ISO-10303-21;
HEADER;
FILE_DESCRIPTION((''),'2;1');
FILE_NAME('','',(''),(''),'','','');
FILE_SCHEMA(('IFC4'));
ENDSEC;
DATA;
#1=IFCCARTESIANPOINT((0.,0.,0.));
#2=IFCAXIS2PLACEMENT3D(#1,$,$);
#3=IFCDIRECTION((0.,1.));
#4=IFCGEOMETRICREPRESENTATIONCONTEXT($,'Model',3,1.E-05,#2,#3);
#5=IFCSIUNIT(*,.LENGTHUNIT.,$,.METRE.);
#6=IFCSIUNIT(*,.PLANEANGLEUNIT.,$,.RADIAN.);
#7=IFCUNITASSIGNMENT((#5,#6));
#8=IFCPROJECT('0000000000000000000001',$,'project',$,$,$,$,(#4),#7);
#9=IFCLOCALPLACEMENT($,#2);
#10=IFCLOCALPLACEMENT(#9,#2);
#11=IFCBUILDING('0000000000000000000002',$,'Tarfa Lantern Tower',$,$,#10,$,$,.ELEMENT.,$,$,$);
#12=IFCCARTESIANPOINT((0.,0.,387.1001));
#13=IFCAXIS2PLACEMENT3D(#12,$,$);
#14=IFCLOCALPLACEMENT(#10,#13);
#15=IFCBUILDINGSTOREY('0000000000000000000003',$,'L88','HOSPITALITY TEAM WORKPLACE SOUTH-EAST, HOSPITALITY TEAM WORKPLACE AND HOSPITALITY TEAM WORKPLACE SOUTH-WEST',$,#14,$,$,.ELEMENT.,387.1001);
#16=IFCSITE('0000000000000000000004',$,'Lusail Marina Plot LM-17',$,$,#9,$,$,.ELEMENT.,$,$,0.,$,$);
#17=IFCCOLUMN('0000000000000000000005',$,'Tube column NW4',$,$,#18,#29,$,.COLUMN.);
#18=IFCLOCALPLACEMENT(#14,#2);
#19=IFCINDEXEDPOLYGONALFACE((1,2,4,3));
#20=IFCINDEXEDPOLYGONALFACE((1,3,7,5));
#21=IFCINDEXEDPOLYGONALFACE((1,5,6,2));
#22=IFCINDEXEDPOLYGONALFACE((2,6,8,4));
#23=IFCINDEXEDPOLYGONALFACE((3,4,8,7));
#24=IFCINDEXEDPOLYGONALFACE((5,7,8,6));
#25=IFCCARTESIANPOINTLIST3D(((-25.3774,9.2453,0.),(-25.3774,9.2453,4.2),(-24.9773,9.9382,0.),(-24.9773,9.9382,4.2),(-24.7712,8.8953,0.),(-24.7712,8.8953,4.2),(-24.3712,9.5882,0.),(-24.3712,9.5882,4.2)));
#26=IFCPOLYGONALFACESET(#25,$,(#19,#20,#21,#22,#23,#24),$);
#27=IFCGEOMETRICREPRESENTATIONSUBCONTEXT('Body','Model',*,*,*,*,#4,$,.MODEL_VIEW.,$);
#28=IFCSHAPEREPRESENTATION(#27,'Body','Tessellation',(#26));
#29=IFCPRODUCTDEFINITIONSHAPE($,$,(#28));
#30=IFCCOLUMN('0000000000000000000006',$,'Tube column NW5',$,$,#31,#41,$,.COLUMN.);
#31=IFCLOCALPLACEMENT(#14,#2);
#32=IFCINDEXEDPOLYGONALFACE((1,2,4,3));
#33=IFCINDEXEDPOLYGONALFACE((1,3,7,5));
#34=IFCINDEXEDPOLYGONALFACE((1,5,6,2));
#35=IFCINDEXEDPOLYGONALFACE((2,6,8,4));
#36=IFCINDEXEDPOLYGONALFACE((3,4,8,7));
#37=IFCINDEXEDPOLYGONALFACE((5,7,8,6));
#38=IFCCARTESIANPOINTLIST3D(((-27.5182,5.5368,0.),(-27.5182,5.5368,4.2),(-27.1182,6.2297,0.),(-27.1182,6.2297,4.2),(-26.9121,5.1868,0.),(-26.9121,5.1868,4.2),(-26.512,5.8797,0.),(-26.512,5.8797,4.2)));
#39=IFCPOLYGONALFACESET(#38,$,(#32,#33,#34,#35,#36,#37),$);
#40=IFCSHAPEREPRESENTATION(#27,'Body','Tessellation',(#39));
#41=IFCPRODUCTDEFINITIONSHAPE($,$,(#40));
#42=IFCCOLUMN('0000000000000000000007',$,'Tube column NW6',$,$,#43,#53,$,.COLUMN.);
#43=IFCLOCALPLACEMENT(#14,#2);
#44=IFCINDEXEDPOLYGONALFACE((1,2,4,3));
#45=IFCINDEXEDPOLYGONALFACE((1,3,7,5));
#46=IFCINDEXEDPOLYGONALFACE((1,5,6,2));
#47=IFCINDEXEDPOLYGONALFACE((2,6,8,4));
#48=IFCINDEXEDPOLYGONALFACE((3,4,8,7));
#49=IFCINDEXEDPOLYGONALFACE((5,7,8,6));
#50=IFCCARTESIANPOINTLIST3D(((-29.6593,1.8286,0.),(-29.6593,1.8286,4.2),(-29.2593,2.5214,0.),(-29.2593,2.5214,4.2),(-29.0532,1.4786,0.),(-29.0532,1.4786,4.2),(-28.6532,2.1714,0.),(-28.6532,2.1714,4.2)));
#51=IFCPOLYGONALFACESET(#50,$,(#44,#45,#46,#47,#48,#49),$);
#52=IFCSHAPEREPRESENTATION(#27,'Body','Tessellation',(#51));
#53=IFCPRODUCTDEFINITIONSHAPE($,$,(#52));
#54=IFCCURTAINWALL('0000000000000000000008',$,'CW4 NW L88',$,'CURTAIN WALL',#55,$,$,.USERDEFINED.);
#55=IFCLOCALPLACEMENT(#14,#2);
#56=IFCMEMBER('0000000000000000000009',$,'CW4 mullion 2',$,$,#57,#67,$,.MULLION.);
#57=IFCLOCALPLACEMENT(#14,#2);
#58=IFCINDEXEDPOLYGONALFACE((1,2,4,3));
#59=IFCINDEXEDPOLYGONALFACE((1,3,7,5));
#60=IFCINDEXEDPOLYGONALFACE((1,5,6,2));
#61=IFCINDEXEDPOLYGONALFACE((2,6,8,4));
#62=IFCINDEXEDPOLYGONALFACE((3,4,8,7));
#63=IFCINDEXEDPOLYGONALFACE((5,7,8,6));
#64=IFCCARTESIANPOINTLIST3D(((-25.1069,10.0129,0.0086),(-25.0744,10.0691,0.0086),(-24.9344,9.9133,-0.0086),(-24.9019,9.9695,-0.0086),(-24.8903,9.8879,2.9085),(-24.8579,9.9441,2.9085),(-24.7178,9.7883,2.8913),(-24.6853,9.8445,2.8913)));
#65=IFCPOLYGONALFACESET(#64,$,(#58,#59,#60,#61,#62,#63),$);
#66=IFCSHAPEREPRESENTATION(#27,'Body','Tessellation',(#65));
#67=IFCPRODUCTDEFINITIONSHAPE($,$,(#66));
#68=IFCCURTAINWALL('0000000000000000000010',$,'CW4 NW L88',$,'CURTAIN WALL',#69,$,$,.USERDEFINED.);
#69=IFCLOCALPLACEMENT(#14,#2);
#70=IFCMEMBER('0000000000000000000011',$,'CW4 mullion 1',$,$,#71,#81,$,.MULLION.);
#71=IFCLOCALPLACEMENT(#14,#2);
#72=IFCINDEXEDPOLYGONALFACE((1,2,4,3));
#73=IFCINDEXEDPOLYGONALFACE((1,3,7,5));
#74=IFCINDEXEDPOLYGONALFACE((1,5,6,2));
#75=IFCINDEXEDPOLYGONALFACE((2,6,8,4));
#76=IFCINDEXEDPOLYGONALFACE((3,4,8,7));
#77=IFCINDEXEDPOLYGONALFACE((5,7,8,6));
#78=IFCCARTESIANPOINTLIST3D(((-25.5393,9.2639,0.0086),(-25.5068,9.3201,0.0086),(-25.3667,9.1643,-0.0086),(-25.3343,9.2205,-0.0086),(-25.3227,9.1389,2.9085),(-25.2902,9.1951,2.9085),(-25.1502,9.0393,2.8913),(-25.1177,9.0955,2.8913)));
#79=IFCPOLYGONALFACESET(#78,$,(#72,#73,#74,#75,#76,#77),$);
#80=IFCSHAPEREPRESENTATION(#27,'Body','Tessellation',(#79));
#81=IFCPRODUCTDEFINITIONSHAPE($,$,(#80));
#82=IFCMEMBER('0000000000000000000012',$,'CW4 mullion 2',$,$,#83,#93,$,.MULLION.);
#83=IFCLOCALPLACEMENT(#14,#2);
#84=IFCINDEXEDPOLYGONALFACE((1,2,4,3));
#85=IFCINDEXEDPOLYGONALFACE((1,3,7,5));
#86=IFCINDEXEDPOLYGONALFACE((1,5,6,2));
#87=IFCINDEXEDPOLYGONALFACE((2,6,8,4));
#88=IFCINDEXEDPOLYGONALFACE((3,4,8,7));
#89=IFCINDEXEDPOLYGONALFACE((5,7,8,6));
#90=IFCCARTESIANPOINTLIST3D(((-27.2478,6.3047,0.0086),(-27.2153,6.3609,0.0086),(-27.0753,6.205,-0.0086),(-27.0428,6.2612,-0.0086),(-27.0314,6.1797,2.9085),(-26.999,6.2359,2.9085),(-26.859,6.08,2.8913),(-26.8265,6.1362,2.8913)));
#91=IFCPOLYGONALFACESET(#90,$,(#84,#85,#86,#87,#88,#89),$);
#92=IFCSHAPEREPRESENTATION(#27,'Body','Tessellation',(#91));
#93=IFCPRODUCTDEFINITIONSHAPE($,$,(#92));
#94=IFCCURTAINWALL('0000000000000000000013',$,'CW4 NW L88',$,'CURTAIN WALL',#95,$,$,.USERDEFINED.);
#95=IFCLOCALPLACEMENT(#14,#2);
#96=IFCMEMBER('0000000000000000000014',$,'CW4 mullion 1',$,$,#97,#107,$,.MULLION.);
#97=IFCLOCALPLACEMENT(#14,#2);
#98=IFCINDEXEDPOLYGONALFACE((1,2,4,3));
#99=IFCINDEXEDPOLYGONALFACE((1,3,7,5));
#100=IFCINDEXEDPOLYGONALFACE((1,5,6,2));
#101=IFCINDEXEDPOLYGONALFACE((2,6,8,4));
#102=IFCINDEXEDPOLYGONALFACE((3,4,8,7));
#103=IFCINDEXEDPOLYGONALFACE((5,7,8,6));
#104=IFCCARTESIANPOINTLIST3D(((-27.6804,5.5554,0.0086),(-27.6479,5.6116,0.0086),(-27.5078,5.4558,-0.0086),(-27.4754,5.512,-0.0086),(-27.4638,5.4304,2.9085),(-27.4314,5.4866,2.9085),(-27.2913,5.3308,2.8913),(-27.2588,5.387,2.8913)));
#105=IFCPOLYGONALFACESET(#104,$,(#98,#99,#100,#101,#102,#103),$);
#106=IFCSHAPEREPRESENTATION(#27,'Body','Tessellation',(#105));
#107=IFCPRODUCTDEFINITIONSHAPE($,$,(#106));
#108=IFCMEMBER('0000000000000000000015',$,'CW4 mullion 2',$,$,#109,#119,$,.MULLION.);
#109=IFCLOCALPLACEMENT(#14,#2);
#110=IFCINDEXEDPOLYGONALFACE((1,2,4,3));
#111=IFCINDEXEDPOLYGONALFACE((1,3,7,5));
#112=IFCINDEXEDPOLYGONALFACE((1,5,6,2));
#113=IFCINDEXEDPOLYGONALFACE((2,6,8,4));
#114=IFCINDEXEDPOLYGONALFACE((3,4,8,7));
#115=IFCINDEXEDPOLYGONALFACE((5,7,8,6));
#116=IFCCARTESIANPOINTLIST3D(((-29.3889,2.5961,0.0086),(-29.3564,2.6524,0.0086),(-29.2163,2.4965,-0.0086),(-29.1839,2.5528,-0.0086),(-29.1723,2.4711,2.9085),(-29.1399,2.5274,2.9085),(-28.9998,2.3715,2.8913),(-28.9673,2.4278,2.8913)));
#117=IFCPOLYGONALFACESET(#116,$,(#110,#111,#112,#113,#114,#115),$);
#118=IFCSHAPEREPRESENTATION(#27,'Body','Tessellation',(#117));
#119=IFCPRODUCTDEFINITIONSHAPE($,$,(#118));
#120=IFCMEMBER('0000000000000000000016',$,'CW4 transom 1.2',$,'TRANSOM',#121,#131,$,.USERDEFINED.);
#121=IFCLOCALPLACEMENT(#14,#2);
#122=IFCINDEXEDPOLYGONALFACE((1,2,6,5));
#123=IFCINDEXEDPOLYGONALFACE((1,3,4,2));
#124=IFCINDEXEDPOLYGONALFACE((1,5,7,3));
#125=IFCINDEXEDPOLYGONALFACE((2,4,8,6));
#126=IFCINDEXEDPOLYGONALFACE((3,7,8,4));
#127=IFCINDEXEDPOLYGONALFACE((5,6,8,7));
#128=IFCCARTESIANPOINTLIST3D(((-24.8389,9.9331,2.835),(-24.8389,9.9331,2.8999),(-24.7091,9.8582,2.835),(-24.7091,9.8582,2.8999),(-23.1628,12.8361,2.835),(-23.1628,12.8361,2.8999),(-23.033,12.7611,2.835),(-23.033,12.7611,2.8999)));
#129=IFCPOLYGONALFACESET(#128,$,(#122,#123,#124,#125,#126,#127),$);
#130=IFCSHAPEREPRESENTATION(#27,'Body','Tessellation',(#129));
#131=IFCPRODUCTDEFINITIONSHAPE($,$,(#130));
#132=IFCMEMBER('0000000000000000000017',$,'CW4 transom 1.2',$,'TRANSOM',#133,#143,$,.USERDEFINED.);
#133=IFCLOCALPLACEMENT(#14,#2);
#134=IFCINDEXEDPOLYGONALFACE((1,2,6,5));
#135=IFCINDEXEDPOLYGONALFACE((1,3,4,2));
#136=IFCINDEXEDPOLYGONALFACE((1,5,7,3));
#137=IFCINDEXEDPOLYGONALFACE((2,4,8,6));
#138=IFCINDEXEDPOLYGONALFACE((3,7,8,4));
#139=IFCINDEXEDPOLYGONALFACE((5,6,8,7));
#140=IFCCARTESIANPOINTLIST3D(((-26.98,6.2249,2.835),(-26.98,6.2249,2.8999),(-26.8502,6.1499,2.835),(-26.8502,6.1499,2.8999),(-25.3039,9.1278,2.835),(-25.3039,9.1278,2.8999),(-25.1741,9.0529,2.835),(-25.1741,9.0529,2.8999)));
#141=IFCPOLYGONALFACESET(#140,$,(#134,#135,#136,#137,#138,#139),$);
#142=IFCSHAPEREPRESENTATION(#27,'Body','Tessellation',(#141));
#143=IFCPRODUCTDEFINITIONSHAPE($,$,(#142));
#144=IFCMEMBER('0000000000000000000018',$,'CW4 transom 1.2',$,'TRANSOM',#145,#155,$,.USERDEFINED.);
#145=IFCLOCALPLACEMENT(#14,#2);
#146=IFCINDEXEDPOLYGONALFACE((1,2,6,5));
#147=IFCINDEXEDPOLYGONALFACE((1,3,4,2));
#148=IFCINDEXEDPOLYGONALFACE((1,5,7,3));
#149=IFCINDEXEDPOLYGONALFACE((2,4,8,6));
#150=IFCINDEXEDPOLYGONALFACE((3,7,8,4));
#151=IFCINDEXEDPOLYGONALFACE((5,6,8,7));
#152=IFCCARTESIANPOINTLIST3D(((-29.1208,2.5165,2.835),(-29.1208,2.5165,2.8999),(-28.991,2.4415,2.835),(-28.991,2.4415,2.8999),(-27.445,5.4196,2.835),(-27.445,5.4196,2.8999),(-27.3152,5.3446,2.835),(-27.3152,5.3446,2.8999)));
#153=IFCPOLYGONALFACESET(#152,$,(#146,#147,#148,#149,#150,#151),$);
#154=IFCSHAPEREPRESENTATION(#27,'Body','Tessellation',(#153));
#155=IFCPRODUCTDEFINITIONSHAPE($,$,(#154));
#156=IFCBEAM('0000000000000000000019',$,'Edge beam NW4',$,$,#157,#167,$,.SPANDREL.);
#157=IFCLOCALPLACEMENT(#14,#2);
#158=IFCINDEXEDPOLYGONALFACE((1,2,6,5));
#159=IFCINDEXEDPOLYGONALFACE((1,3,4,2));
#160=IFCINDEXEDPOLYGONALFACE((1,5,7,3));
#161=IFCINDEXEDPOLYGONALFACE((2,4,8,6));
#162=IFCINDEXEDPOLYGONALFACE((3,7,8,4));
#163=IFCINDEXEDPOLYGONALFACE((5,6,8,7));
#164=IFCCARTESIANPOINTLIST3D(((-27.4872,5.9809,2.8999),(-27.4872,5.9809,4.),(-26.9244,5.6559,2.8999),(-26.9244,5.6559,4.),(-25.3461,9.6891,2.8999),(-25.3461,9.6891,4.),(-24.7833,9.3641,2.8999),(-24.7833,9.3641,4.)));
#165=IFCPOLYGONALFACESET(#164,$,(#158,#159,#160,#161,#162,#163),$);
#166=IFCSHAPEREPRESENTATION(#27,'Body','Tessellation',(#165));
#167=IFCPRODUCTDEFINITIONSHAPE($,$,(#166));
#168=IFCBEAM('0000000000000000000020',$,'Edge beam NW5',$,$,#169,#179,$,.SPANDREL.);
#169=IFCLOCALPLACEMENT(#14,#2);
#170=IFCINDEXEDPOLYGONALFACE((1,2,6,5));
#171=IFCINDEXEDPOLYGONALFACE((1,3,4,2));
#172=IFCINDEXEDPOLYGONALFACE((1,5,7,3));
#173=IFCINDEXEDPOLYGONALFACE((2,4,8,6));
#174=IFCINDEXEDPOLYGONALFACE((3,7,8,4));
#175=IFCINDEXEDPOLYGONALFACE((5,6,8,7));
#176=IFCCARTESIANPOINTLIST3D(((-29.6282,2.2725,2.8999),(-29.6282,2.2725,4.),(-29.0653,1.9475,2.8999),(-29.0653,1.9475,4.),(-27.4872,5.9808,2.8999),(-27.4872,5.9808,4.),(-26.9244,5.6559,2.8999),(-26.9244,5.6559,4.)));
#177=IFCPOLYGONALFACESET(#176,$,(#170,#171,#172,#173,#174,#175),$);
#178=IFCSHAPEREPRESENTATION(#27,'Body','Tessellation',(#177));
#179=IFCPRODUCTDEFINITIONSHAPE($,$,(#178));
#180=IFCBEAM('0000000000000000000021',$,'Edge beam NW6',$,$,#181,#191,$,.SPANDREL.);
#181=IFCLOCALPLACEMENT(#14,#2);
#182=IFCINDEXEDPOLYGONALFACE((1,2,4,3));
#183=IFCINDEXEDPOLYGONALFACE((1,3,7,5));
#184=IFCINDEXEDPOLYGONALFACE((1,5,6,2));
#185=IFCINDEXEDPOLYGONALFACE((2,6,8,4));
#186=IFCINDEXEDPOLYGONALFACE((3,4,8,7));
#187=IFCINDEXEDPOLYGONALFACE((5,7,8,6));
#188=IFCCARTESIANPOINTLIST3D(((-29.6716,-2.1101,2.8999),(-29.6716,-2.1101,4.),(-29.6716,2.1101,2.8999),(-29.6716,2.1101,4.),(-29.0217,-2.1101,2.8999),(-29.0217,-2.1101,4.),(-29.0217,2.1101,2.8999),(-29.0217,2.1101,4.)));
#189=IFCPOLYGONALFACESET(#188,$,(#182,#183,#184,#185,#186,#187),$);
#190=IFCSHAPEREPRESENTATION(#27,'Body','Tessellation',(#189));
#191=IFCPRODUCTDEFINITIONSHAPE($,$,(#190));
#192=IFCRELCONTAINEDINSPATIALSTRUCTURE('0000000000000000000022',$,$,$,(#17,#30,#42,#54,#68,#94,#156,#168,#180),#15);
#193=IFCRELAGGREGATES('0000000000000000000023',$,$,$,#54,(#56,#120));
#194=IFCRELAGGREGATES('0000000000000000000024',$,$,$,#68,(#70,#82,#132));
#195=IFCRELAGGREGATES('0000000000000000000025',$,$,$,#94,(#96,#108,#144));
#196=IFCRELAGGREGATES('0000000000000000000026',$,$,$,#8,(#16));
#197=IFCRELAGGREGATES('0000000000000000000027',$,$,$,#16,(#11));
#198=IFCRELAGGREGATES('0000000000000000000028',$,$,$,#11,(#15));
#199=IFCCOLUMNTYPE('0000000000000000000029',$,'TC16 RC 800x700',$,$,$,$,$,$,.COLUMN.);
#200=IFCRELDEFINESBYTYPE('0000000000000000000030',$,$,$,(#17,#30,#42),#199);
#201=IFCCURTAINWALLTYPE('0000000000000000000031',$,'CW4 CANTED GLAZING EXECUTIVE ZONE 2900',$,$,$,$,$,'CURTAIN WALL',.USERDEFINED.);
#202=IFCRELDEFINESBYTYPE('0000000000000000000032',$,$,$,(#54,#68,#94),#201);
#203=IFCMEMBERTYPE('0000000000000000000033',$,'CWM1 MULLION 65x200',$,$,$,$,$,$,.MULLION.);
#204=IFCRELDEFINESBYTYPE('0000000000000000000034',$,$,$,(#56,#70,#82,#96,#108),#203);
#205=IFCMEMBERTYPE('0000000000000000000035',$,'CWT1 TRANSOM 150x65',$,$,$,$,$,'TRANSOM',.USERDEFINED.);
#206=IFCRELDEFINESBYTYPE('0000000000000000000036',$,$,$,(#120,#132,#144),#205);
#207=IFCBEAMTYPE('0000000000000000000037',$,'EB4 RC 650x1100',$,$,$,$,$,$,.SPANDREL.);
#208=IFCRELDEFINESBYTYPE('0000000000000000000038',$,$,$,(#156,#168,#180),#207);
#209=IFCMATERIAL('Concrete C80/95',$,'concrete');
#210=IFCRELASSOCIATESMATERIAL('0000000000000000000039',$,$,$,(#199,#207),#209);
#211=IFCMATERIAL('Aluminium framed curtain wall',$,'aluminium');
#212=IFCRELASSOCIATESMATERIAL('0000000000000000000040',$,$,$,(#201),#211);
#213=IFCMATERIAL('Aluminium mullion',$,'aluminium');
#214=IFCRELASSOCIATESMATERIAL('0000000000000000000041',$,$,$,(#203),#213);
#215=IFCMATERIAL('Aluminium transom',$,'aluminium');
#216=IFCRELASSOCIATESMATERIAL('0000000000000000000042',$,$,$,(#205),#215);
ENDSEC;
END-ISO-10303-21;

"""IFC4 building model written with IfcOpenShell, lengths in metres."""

from ifc_helpers import new_model, si_unit, direction, frame, origin, origin_2d, place, context, subcontext, project, spatial, rectangle, extrude, material, material_profile, profile_set, type_object, element, aggregate, save


model = new_model("IFC4")

# Units and contexts
model_context = context("Model", 3, precision=1e-05, world=origin(), true_north=direction((0.0, 1.0)))
body_context = subcontext(model_context, "Body", "Model", "MODEL_VIEW")
ifc_project = project(units=[si_unit("LENGTHUNIT", "METRE"), si_unit("PLANEANGLEUNIT", "RADIAN")], contexts=[model_context])

# Site, building, storey
site_placement = place(None, origin())
site = spatial("IfcSite", under=ifc_project, at=site_placement, Name="Lusail Marina Plot LM-17", CompositionType="ELEMENT", RefElevation=0.0)
building_placement = place(site_placement, origin())
building = spatial("IfcBuilding", under=site, at=building_placement, Name="Tarfa Lantern Tower", CompositionType="ELEMENT")
storey_placement = place(building_placement, frame((0.0, 0.0, 387.1001)))
storey = spatial("IfcBuildingStorey", under=building, at=storey_placement, Name="L88", Description="HOSPITALITY TEAM WORKPLACE SOUTH-EAST, HOSPITALITY TEAM WORKPLACE AND HOSPITALITY TEAM WORKPLACE SOUTH-WEST", CompositionType="ELEMENT", Elevation=387.1001)

# Columns
ifc_material_1 = material(Name="Concrete C80/95", Category="concrete")
ifc_material_profile_1 = material_profile(ifc_material_1, rectangle(XDim=0.8, YDim=0.7, at=origin_2d()), Name="RC 800x700")
ifc_profile_set_1 = profile_set([ifc_material_profile_1], Name="Concrete C80/95")
column_type = type_object("IfcColumnType", Name="TC16 RC 800x700", PredefinedType="COLUMN", material=ifc_profile_set_1)
for number, where, z_axis, x_axis, name in (
    (1, (-24.8743, 9.4167, 0.0), (0.0, 0.0, 1.0), (-0.5, -0.866025, 0.0), "Tube column NW4"),
    (2, (-27.0151, 5.7083, 0.0), (0.0, 0.0, 1.0), (-0.5, -0.866025, 0.0), "Tube column NW5"),
    (3, (-29.1562, 2.0, 0.0), (0.0, 0.0, 1.0), (-0.5, -0.866025, 0.0), "Tube column NW6"),
):
    element("IfcColumn", number, at=place(storey_placement, frame(where, z_axis=z_axis, x_axis=x_axis)), inside=storey, type_object=column_type, Name=name, PredefinedType="COLUMN", context=body_context, shape_type="SweptSolid", body=[
        extrude(rectangle(XDim=0.8, YDim=0.7, at=origin_2d()), origin(), (0.0, 0.0, 1.0), 4.2),
    ])

# Curtain wall, member
ifc_material_2 = material(Name="Aluminium framed curtain wall", Category="aluminium")
curtain_wall_type = type_object("IfcCurtainWallType", Name="CW4 CANTED GLAZING EXECUTIVE ZONE 2900", ElementType="CURTAIN WALL", PredefinedType="USERDEFINED", material=ifc_material_2)
curtain_wall_1_placement = place(storey_placement, origin())
curtain_wall_1 = element("IfcCurtainWall", 4, at=curtain_wall_1_placement, inside=storey, type_object=curtain_wall_type, Name="CW4 NW L88", ObjectType="CURTAIN WALL", PredefinedType="USERDEFINED")
ifc_material_3 = material(Name="Aluminium mullion", Category="aluminium")
ifc_material_profile_2 = material_profile(ifc_material_3, rectangle(XDim=0.0649, YDim=0.2, at=origin_2d()), Name="AL MULLION 65x200")
ifc_profile_set_2 = profile_set([ifc_material_profile_2], Name="Aluminium mullion")
member_type_1 = type_object("IfcMemberType", Name="CWM1 MULLION 65x200", PredefinedType="MULLION", material=ifc_profile_set_2)
member_1_placement = place(storey_placement, frame((-25.0044, 9.9912, 0.0), z_axis=(0.0744, -0.042946, 0.996303), x_axis=(0.49992, 0.866072, 0.0)))
member_1 = element("IfcMember", 5, at=member_1_placement, type_object=member_type_1, Name="CW4 mullion 2", PredefinedType="MULLION", context=body_context, shape_type="SweptSolid", body=[
    extrude(rectangle(XDim=0.0649, YDim=0.2, at=origin_2d()), origin(), (0.0, 0.0, 1.0), 2.9106),
])

# Curtain walls, members
curtain_wall_2_placement = place(storey_placement, origin())
curtain_wall_2 = element("IfcCurtainWall", 6, at=curtain_wall_2_placement, inside=storey, type_object=curtain_wall_type, Name="CW4 NW L88", ObjectType="CURTAIN WALL", PredefinedType="USERDEFINED")
member_2_placement = place(storey_placement, frame((-25.4368, 9.2422, 0.0), z_axis=(0.0744, -0.042946, 0.996303), x_axis=(0.49992, 0.866072, 0.0)))
member_2 = element("IfcMember", 7, at=member_2_placement, type_object=member_type_1, Name="CW4 mullion 1", PredefinedType="MULLION", context=body_context, shape_type="SweptSolid", body=[
    extrude(rectangle(XDim=0.0649, YDim=0.2, at=origin_2d()), origin(), (0.0, 0.0, 1.0), 2.9106),
])
member_3_placement = place(storey_placement, frame((-27.1453, 6.283, 0.0), z_axis=(0.074316, -0.042946, 0.99631), x_axis=(0.500343, 0.865827, 0.0)))
member_3 = element("IfcMember", 8, at=member_3_placement, type_object=member_type_1, Name="CW4 mullion 2", PredefinedType="MULLION", context=body_context, shape_type="SweptSolid", body=[
    extrude(rectangle(XDim=0.0649, YDim=0.2, at=origin_2d()), origin(), (0.0, 0.0, 1.0), 2.9106),
])
curtain_wall_3_placement = place(storey_placement, origin())
curtain_wall_3 = element("IfcCurtainWall", 9, at=curtain_wall_3_placement, inside=storey, type_object=curtain_wall_type, Name="CW4 NW L88", ObjectType="CURTAIN WALL", PredefinedType="USERDEFINED")
member_4_placement = place(storey_placement, frame((-27.5779, 5.5337, 0.0), z_axis=(0.0744, -0.042946, 0.996303), x_axis=(0.49992, 0.866072, 0.0)))
member_4 = element("IfcMember", 10, at=member_4_placement, type_object=member_type_1, Name="CW4 mullion 1", PredefinedType="MULLION", context=body_context, shape_type="SweptSolid", body=[
    extrude(rectangle(XDim=0.0649, YDim=0.2, at=origin_2d()), origin(), (0.0, 0.0, 1.0), 2.9106),
])
member_5_placement = place(storey_placement, frame((-29.2864, 2.5745, 0.0), z_axis=(0.0744, -0.042946, 0.996303), x_axis=(0.49992, 0.866072, 0.0)))
member_5 = element("IfcMember", 11, at=member_5_placement, type_object=member_type_1, Name="CW4 mullion 2", PredefinedType="MULLION", context=body_context, shape_type="SweptSolid", body=[
    extrude(rectangle(XDim=0.0649, YDim=0.2, at=origin_2d()), origin(), (0.0, 0.0, 1.0), 2.9106),
])

# Members
ifc_material_4 = material(Name="Aluminium transom", Category="aluminium")
ifc_material_profile_3 = material_profile(ifc_material_4, rectangle(XDim=0.1499, YDim=0.0649, at=origin_2d()), Name="AL TRANSOM 150x65")
ifc_profile_set_3 = profile_set([ifc_material_profile_3], Name="Aluminium transom")
member_type_2 = type_object("IfcMemberType", Name="CWT1 TRANSOM 150x65", ElementType="TRANSOM", PredefinedType="USERDEFINED", material=ifc_profile_set_3)
member_6_placement = place(storey_placement, frame((-23.0979, 12.7986, 2.8674), z_axis=(-0.500017, -0.866016, 0.0), x_axis=(0.866016, -0.500017, 0.0)))
member_6 = element("IfcMember", 12, at=member_6_placement, type_object=member_type_2, Name="CW4 transom 1.2", ObjectType="TRANSOM", PredefinedType="USERDEFINED", context=body_context, shape_type="SweptSolid", body=[
    extrude(rectangle(XDim=0.1499, YDim=0.0649, at=origin_2d()), origin(), (0.0, 0.0, 1.0), 3.3521),
])
aggregate(curtain_wall_1, [member_1, member_6])
member_7_placement = place(storey_placement, frame((-25.239, 9.0903, 2.8674), z_axis=(-0.500017, -0.866016, 0.0), x_axis=(0.866016, -0.500017, 0.0)))
member_7 = element("IfcMember", 13, at=member_7_placement, type_object=member_type_2, Name="CW4 transom 1.2", ObjectType="TRANSOM", PredefinedType="USERDEFINED", context=body_context, shape_type="SweptSolid", body=[
    extrude(rectangle(XDim=0.1499, YDim=0.0649, at=origin_2d()), origin(), (0.0, 0.0, 1.0), 3.3521),
])
member_8_placement = place(storey_placement, frame((-27.3801, 5.3821, 2.8674), z_axis=(-0.499931, -0.866066, 0.0), x_axis=(0.866066, -0.499931, 0.0)))
member_8 = element("IfcMember", 14, at=member_8_placement, type_object=member_type_2, Name="CW4 transom 1.2", ObjectType="TRANSOM", PredefinedType="USERDEFINED", context=body_context, shape_type="SweptSolid", body=[
    extrude(rectangle(XDim=0.1499, YDim=0.0649, at=origin_2d()), origin(), (0.0, 0.0, 1.0), 3.3521),
])

# Beams
ifc_material_profile_4 = material_profile(ifc_material_1, rectangle(XDim=0.6499, YDim=1.1001, at=origin_2d()), Name="RC 650x1100")
ifc_profile_set_4 = profile_set([ifc_material_profile_4], Name="Concrete C80/95")
beam_type_1 = type_object("IfcBeamType", Name="EB4 RC 650x1100", PredefinedType="SPANDREL", material=ifc_profile_set_4)
for number, where, z_axis, x_axis, name in (
    (15, (-25.0647, 9.5266, 3.45), (-0.500027, -0.86601, 0.0), (0.86601, -0.500027, 0.0), "Edge beam NW4"),
    (16, (-27.2058, 5.8184, 3.45), (-0.499984, -0.866035, 0.0), (0.866035, -0.499984, 0.0), "Edge beam NW5"),
):
    element("IfcBeam", number, at=place(storey_placement, frame(where, z_axis=z_axis, x_axis=x_axis)), inside=storey, type_object=beam_type_1, Name=name, PredefinedType="SPANDREL", context=body_context, shape_type="SweptSolid", body=[
        extrude(rectangle(XDim=0.6499, YDim=1.1001, at=origin_2d()), origin(), (0.0, 0.0, 1.0), 4.282),
    ])
beam_1_placement = place(storey_placement, frame((-29.3467, 2.1101, 3.45), z_axis=(0.0, -1.0, 0.0), x_axis=(1.0, 0.0, 0.0)))
element("IfcBeam", 17, at=beam_1_placement, inside=storey, type_object=beam_type_1, Name="Edge beam NW6", PredefinedType="SPANDREL", context=body_context, shape_type="SweptSolid", body=[
    extrude(rectangle(XDim=0.6499, YDim=1.1001, at=origin_2d()), origin(), (0.0, 0.0, 1.0), 4.2202),
])

aggregate(curtain_wall_2, [member_2, member_3, member_7])
aggregate(curtain_wall_3, [member_4, member_5, member_8])

save(model, "model.ifc")
